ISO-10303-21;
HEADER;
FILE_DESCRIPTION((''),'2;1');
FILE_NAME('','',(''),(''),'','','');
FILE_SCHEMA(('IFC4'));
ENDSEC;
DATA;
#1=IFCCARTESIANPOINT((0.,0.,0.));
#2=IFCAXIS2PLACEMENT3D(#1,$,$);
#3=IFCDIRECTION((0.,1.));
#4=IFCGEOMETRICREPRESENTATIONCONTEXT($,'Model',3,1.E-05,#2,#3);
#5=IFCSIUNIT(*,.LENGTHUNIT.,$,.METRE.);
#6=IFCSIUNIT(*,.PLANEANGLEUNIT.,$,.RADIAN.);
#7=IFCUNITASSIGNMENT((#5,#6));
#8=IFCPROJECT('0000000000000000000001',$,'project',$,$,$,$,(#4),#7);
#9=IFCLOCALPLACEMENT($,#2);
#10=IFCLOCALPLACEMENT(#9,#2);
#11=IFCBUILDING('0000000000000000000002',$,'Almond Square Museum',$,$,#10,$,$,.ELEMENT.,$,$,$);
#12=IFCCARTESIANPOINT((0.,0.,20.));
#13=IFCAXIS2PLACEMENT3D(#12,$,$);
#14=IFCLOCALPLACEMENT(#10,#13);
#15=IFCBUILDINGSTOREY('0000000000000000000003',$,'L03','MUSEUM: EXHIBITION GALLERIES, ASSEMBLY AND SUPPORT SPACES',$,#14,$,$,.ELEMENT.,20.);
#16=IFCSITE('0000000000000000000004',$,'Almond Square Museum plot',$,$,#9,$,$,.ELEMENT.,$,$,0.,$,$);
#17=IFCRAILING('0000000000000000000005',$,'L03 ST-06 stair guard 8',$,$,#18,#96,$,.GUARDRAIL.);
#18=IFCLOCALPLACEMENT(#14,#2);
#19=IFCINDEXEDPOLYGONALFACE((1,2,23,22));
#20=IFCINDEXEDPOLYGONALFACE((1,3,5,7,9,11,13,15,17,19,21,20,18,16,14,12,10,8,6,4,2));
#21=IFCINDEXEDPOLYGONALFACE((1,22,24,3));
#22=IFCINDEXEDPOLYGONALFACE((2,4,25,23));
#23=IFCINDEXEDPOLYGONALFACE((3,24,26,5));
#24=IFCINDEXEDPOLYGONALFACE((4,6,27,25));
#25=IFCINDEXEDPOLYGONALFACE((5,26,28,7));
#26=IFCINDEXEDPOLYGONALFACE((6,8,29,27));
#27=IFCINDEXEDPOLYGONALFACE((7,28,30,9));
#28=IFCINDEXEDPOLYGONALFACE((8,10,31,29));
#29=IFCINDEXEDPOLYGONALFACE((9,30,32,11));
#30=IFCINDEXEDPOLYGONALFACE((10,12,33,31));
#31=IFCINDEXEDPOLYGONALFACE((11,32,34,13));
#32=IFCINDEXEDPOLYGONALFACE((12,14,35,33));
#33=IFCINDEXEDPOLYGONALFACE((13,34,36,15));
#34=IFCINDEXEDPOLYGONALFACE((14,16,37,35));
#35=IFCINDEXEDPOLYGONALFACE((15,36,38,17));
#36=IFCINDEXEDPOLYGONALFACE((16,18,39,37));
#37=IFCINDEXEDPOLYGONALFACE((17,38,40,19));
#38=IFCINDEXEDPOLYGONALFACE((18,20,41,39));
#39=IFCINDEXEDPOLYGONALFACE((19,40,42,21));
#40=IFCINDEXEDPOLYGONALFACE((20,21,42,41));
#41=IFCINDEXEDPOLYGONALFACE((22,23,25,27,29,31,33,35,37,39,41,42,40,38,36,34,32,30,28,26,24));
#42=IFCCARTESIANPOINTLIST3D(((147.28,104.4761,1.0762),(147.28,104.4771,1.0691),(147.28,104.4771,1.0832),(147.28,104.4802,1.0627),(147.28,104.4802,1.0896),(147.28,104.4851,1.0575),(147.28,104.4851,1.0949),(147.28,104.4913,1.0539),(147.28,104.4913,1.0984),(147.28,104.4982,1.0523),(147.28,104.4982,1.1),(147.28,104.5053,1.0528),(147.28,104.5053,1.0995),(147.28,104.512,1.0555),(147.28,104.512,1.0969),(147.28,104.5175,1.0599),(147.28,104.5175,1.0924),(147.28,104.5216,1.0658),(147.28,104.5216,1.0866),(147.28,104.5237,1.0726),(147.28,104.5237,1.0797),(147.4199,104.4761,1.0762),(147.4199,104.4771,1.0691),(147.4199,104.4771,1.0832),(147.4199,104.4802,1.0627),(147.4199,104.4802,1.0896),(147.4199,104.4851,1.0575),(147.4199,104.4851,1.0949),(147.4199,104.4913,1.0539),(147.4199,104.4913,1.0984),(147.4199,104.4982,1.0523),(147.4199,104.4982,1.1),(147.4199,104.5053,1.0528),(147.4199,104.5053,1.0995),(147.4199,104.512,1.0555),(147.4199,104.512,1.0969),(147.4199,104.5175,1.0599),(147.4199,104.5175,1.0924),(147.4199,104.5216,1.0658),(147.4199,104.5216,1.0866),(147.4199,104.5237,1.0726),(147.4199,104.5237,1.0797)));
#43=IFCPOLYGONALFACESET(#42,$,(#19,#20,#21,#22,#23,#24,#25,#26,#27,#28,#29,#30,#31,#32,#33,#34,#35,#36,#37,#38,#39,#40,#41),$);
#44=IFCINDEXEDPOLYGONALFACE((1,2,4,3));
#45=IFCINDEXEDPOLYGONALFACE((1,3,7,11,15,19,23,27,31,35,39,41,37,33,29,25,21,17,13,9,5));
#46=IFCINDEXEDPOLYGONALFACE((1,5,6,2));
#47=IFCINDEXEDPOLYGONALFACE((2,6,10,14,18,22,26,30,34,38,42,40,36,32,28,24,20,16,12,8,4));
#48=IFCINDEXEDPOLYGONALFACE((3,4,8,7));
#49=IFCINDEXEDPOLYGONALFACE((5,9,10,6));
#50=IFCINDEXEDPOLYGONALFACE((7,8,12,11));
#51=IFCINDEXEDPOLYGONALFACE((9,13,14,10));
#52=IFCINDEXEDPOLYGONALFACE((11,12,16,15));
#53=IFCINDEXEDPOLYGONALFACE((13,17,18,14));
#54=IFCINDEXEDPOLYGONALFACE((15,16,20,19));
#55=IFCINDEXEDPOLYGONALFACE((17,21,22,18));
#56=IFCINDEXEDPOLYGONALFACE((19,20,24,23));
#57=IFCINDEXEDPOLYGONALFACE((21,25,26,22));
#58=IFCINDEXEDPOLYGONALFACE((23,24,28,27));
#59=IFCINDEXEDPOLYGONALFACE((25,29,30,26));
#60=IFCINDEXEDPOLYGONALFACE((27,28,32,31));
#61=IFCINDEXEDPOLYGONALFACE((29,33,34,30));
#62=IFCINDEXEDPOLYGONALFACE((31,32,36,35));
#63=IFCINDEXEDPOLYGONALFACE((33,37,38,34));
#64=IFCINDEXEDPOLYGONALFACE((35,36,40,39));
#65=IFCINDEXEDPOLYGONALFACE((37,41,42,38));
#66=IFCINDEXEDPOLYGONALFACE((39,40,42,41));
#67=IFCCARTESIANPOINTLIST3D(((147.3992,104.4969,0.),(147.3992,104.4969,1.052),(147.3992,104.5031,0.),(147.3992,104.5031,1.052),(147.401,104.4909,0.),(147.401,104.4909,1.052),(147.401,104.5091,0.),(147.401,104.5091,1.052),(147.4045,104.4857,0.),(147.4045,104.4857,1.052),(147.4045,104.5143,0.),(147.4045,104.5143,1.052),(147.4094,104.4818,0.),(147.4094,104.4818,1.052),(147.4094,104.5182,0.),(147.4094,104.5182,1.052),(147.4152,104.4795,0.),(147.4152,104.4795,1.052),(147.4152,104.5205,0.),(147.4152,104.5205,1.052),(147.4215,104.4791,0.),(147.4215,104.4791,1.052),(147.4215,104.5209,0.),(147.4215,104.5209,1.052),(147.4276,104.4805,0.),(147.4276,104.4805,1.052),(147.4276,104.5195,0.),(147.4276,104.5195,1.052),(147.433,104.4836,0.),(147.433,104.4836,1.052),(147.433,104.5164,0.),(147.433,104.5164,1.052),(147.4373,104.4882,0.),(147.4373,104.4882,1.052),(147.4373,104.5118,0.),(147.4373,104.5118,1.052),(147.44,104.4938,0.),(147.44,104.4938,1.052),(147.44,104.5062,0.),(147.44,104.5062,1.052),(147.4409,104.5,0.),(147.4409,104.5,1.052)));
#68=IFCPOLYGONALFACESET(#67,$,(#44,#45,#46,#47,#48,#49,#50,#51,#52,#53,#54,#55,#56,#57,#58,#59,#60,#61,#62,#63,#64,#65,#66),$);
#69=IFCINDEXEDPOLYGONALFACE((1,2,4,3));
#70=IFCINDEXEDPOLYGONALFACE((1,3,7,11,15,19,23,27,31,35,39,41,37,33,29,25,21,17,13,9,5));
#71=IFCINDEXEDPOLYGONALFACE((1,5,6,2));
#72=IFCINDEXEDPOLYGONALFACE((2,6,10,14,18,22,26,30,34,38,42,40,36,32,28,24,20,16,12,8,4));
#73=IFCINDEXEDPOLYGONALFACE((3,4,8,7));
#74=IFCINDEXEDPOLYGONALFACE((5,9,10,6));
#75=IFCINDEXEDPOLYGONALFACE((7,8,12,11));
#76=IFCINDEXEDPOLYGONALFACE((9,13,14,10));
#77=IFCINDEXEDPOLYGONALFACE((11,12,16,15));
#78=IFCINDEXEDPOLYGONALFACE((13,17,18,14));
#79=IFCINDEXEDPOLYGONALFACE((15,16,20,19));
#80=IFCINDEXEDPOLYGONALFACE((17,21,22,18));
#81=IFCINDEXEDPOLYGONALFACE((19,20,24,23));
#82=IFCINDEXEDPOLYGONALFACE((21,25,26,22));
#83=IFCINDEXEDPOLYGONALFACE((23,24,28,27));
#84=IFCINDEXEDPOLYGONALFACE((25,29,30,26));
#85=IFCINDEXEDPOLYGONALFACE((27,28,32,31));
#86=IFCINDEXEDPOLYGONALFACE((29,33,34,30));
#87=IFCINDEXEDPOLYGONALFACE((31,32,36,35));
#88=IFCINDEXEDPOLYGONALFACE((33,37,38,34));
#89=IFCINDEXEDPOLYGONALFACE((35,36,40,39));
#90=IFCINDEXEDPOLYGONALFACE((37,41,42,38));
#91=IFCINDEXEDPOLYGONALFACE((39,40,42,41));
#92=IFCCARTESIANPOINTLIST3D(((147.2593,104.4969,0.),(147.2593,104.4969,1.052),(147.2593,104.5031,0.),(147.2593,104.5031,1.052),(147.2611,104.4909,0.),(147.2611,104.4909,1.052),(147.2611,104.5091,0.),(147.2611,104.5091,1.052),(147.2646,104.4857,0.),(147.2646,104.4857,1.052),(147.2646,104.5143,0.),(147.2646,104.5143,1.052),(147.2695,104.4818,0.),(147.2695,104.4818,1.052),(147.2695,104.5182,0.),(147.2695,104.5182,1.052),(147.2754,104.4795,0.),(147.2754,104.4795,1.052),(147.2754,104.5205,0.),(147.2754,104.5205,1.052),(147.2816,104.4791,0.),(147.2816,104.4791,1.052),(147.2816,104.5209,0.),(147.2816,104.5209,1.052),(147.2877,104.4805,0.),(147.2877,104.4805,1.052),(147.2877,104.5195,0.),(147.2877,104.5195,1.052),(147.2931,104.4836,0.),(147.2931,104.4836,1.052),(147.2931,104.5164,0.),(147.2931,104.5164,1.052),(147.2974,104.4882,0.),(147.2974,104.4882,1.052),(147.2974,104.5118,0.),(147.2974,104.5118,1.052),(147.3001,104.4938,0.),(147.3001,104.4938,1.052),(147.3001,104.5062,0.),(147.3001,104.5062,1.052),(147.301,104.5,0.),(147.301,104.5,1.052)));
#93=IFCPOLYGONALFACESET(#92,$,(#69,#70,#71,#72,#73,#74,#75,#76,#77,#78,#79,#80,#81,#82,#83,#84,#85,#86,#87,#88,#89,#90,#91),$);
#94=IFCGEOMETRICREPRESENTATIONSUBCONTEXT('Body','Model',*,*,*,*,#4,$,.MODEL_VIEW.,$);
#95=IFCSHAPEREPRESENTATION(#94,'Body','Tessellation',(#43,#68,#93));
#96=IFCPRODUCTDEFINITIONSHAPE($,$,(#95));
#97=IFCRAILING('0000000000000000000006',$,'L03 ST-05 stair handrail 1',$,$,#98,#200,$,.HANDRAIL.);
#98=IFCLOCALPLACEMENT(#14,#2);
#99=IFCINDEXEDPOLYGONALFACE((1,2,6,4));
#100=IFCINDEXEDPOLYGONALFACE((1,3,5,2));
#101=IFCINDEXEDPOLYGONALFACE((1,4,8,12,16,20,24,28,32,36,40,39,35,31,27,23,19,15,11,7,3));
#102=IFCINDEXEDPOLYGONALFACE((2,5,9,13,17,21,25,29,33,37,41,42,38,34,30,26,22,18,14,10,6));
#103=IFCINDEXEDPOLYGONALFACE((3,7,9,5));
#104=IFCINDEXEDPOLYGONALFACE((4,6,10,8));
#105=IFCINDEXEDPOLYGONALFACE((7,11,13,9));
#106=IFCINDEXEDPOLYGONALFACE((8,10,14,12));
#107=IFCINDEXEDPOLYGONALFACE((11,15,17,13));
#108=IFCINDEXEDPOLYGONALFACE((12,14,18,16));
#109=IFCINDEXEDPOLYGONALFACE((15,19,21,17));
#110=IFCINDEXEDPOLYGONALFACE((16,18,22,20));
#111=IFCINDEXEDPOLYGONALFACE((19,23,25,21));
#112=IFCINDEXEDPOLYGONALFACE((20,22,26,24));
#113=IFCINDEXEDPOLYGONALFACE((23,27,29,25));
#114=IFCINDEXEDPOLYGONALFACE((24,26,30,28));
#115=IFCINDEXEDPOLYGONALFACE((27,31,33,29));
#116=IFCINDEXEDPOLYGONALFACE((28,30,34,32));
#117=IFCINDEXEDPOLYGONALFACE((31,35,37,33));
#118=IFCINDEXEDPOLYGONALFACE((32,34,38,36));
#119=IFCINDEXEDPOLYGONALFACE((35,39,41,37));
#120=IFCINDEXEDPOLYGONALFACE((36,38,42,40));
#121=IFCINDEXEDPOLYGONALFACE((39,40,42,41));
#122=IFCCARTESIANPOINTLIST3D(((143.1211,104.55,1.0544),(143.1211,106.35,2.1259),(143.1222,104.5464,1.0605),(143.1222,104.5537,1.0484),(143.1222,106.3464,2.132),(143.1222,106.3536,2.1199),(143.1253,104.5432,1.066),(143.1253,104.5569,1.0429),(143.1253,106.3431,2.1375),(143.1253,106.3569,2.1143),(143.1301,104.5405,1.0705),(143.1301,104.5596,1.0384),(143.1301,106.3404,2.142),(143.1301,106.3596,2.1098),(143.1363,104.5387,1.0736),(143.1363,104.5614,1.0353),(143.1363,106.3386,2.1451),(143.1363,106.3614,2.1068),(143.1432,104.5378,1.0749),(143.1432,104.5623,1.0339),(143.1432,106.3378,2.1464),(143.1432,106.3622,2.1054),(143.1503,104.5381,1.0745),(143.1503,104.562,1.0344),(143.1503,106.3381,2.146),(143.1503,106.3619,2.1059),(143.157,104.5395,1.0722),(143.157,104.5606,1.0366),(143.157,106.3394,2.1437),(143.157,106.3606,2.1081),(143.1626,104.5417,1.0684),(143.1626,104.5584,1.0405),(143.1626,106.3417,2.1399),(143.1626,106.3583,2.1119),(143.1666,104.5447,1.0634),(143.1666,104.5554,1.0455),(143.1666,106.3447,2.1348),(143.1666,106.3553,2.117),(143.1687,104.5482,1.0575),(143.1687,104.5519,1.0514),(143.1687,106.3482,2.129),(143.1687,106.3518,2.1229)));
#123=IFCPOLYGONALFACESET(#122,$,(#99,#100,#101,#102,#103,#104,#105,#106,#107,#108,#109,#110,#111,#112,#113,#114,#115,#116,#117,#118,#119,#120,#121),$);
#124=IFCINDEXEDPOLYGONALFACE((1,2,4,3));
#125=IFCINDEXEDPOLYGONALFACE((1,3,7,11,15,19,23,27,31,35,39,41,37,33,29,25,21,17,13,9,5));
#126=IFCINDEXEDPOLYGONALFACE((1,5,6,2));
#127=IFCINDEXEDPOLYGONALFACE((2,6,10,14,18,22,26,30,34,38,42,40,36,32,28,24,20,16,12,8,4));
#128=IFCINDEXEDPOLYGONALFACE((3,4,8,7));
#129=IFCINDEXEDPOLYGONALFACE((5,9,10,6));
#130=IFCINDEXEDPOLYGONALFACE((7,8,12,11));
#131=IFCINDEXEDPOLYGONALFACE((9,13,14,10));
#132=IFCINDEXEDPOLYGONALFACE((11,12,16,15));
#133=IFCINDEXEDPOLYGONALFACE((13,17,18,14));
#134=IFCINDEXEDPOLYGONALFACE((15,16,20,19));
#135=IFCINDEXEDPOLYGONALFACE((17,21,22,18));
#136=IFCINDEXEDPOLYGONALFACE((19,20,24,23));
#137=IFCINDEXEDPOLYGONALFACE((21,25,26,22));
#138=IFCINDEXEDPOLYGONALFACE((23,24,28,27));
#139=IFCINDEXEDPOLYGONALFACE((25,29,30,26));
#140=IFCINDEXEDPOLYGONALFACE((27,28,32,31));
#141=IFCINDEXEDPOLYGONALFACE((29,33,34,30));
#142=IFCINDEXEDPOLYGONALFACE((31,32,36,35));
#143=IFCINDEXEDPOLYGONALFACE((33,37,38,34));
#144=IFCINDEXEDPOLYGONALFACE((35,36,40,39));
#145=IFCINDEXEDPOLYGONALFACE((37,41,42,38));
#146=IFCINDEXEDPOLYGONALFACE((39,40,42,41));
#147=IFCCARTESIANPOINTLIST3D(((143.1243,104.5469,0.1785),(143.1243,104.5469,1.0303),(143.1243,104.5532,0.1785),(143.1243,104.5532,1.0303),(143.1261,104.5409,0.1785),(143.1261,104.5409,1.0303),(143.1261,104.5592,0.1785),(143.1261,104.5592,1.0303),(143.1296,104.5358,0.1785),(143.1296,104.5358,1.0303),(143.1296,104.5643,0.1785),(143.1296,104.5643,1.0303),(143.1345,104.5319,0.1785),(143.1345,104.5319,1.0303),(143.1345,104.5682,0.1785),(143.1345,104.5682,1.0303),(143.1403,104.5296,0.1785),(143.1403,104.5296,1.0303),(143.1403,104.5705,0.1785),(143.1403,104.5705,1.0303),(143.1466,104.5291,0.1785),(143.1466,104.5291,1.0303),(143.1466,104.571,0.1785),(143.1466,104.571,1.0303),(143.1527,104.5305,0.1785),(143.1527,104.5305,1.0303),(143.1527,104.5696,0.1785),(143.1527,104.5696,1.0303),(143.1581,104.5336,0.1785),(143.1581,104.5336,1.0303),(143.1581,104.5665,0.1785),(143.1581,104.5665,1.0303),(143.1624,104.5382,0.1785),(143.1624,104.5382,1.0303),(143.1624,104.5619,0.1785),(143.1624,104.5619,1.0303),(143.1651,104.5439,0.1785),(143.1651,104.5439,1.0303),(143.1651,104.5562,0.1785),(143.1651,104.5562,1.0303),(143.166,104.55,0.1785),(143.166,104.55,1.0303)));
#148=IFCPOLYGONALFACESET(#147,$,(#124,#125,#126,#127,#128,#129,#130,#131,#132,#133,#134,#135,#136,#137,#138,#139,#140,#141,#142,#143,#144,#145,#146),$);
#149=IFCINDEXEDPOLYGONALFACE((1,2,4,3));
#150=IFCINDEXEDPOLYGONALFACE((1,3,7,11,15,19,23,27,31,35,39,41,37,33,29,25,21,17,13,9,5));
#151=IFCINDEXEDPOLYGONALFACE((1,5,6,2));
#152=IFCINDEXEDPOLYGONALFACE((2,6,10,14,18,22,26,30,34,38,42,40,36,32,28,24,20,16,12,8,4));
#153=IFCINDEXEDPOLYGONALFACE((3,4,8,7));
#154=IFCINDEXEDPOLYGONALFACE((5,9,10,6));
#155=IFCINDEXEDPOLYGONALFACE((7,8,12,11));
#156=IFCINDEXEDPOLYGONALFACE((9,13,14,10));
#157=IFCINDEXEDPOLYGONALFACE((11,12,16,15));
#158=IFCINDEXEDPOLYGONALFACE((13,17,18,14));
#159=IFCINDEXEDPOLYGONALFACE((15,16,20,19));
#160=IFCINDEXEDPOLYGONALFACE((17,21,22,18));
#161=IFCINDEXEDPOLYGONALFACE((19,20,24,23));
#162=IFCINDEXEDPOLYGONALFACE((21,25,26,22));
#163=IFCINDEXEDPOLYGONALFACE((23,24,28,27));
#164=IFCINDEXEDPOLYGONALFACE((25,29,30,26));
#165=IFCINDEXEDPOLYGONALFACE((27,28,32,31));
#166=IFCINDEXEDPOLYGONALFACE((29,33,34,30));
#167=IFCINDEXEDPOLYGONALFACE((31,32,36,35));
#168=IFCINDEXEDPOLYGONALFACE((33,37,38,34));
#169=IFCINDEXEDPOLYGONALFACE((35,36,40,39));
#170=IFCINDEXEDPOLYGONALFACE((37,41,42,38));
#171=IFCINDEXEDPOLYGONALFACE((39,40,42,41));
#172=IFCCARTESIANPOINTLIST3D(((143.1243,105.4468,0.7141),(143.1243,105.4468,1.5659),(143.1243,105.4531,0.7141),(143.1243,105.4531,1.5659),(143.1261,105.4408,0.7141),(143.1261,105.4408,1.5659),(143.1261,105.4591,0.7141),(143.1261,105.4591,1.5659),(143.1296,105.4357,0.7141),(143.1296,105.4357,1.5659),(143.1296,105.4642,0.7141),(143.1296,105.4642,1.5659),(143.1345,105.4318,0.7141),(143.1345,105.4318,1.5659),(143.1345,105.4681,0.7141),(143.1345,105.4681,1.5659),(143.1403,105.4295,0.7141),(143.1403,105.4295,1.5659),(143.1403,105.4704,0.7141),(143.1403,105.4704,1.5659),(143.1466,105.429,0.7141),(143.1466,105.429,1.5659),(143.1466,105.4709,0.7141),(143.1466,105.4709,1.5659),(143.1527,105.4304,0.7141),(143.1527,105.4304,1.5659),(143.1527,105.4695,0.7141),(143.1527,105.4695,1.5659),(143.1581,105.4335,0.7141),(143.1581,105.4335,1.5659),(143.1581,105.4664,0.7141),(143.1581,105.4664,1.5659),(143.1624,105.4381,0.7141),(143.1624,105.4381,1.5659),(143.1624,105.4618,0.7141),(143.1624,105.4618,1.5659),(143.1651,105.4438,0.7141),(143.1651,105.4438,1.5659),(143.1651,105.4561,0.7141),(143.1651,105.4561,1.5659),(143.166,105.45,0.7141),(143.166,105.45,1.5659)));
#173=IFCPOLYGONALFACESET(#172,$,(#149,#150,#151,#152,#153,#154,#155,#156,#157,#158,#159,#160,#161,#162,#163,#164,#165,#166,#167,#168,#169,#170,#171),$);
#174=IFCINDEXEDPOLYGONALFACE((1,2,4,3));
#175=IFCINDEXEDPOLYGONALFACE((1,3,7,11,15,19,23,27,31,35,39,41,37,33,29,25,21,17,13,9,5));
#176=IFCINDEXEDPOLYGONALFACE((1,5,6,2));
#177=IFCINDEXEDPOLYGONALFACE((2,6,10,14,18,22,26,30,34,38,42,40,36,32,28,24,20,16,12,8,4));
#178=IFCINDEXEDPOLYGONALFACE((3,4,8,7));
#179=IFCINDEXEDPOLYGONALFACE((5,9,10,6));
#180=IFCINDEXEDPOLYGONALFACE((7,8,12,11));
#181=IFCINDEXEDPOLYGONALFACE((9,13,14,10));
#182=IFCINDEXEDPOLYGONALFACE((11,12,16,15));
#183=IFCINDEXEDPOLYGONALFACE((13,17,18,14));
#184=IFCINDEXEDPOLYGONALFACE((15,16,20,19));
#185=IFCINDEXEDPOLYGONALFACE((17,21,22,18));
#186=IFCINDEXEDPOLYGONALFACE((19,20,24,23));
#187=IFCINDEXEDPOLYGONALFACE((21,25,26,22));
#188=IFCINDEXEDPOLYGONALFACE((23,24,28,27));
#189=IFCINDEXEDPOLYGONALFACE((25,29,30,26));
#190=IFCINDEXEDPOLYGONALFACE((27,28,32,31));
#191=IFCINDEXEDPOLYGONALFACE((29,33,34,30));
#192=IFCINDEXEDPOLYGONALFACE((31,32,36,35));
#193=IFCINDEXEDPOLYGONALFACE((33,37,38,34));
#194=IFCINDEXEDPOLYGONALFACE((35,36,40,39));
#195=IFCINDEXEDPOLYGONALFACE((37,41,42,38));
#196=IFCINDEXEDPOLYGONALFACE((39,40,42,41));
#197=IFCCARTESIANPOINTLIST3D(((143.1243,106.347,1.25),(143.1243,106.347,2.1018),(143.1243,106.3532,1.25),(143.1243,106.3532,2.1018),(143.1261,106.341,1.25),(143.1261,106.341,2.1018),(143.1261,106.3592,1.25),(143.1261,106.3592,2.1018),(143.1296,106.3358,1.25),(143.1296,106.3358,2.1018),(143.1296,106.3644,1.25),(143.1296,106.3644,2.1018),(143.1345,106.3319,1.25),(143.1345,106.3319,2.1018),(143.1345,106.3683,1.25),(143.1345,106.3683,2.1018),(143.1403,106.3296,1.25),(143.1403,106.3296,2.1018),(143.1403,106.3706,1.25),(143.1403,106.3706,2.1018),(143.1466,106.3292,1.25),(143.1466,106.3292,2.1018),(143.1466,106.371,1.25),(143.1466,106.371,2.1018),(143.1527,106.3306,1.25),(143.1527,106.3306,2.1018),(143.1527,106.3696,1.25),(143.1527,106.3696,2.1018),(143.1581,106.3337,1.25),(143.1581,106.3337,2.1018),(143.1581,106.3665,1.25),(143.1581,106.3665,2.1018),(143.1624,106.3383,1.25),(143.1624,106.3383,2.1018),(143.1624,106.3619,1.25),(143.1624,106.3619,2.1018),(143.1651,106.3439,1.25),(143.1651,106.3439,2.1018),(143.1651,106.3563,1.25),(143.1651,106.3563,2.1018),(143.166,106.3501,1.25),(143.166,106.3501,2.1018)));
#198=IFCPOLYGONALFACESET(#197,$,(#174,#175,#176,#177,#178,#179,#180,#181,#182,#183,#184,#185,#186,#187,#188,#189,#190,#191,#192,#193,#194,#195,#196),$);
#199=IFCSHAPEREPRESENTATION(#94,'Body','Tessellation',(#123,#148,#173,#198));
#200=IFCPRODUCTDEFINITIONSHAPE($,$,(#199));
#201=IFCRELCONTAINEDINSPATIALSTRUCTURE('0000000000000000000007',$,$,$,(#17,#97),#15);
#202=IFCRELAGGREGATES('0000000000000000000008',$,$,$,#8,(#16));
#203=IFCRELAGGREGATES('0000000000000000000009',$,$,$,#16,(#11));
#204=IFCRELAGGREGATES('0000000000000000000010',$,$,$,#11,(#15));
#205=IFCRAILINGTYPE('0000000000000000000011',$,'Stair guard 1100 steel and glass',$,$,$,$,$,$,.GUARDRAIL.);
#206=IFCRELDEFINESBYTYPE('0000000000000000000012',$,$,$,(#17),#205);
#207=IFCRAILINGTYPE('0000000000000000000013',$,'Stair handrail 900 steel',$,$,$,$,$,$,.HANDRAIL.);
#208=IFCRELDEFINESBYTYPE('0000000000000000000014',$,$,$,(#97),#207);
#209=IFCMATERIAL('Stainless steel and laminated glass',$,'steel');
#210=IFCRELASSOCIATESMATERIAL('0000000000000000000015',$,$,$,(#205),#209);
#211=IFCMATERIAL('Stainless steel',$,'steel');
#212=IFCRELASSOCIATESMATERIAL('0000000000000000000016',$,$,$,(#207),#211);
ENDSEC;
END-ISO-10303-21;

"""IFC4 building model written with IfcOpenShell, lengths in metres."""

from ifc_helpers import new_model, si_unit, direction, frame, origin, origin_2d, place, context, subcontext, project, spatial, circle, extrude, material, type_object, element, save


model = new_model("IFC4")

# Units and contexts
model_context = context("Model", 3, precision=1e-05, world=origin(), true_north=direction((0.0, 1.0)))
body_context = subcontext(model_context, "Body", "Model", "MODEL_VIEW")
ifc_project = project(units=[si_unit("LENGTHUNIT", "METRE"), si_unit("PLANEANGLEUNIT", "RADIAN")], contexts=[model_context])

# Site, building, storey
site_placement = place(None, origin())
site = spatial("IfcSite", under=ifc_project, at=site_placement, Name="Almond Square Museum plot", CompositionType="ELEMENT", RefElevation=0.0)
building_placement = place(site_placement, origin())
building = spatial("IfcBuilding", under=site, at=building_placement, Name="Almond Square Museum", CompositionType="ELEMENT")
storey_placement = place(building_placement, frame((0.0, 0.0, 20.0)))
storey = spatial("IfcBuildingStorey", under=building, at=storey_placement, Name="L03", Description="MUSEUM: EXHIBITION GALLERIES, ASSEMBLY AND SUPPORT SPACES", CompositionType="ELEMENT", Elevation=20.0)

# Railings
ifc_material_1 = material(Name="Stainless steel and laminated glass", Category="steel")
railing_type_1 = type_object("IfcRailingType", Name="Stair guard 1100 steel and glass", PredefinedType="GUARDRAIL", material=ifc_material_1)
railing_1_placement = place(storey_placement, frame((147.4199, 104.5, 0.0)))
element("IfcRailing", 1, at=railing_1_placement, inside=storey, type_object=railing_type_1, Name="L03 ST-06 stair guard 8", PredefinedType="GUARDRAIL", context=body_context, shape_type="SweptSolid", body=[
    extrude(circle(Radius=0.0239, at=origin_2d()), frame((0.0, 0.0, 1.0762), z_axis=(-1.0, 0.0, 0.0), x_axis=(0.0, -1.0, 0.0)), (0.0, 0.0, 1.0), 0.1399),
    extrude(circle(Radius=0.021, at=origin_2d()), origin(), (0.0, 0.0, 1.0), 1.052),
    extrude(circle(Radius=0.021, at=origin_2d()), frame((-0.1399, 0.0, 0.0)), (0.0, 0.0, 1.0), 1.052),
])
ifc_material_2 = material(Name="Stainless steel", Category="steel")
railing_type_2 = type_object("IfcRailingType", Name="Stair handrail 900 steel", PredefinedType="HANDRAIL", material=ifc_material_2)
for number, where, name in (
    (2, (143.145, 104.55, 0.1785), "L03 ST-05 stair handrail 1"),
):
    element("IfcRailing", number, at=place(storey_placement, frame(where)), inside=storey, type_object=railing_type_2, Name=name, PredefinedType="HANDRAIL", context=body_context, shape_type="SweptSolid", body=[
        extrude(circle(Radius=0.0239, at=origin_2d()), frame((0.0, 0.0, 0.876), z_axis=(0.0, 0.859277, 0.51151), x_axis=(-1.0, 0.0, 0.0)), (0.0, 0.0, 1.0), 2.0947),
        extrude(circle(Radius=0.021, at=origin_2d()), origin(), (0.0, 0.0, 1.0), 0.8518),
        extrude(circle(Radius=0.021, at=origin_2d()), frame((0.0, 0.8999, 0.5356)), (0.0, 0.0, 1.0), 0.8518),
        extrude(circle(Radius=0.021, at=origin_2d()), frame((0.0, 1.8, 1.0715)), (0.0, 0.0, 1.0), 0.8518),
    ])

save(model, "model.ifc")
